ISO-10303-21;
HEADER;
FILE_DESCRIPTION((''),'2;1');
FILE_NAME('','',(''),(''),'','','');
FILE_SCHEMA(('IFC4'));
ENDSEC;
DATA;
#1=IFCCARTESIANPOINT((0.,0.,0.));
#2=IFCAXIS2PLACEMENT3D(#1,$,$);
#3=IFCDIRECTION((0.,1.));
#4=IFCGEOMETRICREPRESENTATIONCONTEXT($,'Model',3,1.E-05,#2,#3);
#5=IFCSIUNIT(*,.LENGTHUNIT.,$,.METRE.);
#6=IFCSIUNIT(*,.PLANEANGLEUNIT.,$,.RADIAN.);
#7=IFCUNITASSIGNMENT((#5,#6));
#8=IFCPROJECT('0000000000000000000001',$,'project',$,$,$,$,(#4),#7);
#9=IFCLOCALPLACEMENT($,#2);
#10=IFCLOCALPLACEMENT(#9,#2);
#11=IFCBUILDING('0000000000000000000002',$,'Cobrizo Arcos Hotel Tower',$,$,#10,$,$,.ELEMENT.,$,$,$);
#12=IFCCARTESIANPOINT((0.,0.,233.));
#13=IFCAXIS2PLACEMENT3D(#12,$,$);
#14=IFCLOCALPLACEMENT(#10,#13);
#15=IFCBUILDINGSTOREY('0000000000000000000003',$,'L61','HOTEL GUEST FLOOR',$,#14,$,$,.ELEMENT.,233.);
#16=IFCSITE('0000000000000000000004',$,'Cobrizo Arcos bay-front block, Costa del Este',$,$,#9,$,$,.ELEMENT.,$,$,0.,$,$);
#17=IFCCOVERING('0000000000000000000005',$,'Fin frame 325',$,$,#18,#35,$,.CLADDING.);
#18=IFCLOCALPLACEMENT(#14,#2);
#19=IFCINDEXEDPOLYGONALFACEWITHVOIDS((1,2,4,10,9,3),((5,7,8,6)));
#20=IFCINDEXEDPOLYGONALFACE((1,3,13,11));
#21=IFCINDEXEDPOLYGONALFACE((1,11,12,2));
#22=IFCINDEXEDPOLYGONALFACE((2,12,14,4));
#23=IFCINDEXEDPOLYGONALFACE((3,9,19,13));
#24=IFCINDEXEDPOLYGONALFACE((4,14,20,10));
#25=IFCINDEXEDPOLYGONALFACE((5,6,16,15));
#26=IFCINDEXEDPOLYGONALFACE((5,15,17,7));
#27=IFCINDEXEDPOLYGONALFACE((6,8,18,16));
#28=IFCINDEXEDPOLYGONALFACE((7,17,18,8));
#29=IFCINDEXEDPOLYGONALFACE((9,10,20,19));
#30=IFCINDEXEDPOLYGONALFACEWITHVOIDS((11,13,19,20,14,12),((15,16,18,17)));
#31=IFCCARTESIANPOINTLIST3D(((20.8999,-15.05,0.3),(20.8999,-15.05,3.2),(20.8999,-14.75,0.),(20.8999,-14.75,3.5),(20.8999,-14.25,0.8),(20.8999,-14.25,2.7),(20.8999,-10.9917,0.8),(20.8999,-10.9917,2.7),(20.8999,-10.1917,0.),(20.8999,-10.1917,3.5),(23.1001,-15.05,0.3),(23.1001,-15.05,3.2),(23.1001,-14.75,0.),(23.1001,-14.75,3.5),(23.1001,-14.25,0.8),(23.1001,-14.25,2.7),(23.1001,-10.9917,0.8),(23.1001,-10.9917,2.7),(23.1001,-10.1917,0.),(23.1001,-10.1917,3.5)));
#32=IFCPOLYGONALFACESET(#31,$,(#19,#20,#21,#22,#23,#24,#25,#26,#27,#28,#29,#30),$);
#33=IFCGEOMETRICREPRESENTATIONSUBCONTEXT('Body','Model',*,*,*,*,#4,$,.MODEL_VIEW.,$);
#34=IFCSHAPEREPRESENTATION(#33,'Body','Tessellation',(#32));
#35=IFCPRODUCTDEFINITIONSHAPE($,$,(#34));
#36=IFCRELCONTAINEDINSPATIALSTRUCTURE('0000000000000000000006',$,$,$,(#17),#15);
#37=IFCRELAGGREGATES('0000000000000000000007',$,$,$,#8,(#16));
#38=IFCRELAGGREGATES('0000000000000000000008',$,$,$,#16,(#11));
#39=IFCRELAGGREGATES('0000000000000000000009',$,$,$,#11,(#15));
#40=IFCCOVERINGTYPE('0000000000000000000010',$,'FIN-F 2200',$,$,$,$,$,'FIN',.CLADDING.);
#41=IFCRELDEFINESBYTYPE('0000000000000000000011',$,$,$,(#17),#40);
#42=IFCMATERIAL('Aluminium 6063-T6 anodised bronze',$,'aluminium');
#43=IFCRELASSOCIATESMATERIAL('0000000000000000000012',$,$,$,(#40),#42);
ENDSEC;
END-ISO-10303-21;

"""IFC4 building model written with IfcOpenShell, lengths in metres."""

from ifc_helpers import new_model, si_unit, direction, frame, origin, place, context, subcontext, project, spatial, polyline, outline, extrude, material, type_object, element, save


model = new_model("IFC4")

# Units and contexts
model_context = context("Model", 3, precision=1e-05, world=origin(), true_north=direction((0.0, 1.0)))
body_context = subcontext(model_context, "Body", "Model", "MODEL_VIEW")
ifc_project = project(units=[si_unit("LENGTHUNIT", "METRE"), si_unit("PLANEANGLEUNIT", "RADIAN")], contexts=[model_context])

# Site, building, storey
site_placement = place(None, origin())
site = spatial("IfcSite", under=ifc_project, at=site_placement, Name="Cobrizo Arcos bay-front block, Costa del Este", CompositionType="ELEMENT", RefElevation=0.0)
building_placement = place(site_placement, origin())
building = spatial("IfcBuilding", under=site, at=building_placement, Name="Cobrizo Arcos Hotel Tower", CompositionType="ELEMENT")
storey_placement = place(building_placement, frame((0.0, 0.0, 233.0)))
storey = spatial("IfcBuildingStorey", under=building, at=storey_placement, Name="L61", Description="HOTEL GUEST FLOOR", CompositionType="ELEMENT", Elevation=233.0)

# Shared definitions
ifc_material_1 = material(Name="Aluminium 6063-T6 anodised bronze", Category="aluminium")

# Covering
covering_type = type_object("IfcCoveringType", Name="FIN-F 2200", ElementType="FIN", PredefinedType="CLADDING", material=ifc_material_1)
covering_placement = place(storey_placement, frame((20.8999, -15.05, 0.0), z_axis=(1.0, 0.0, 0.0), x_axis=(0.0, 1.0, 0.0)))
element("IfcCovering", 1, at=covering_placement, inside=storey, type_object=covering_type, Name="Fin frame 325", PredefinedType="CLADDING", context=body_context, shape_type="SweptSolid", body=[
    extrude(outline(polyline([(0.0, 0.3), (0.3, 0.0), (4.8584, 0.0), (4.8584, 3.5), (0.3, 3.5), (0.0, 3.2), (0.0, 0.3)]), holes=[polyline([(4.0583, 0.8), (0.8, 0.8), (0.8, 2.7), (4.0583, 2.7), (4.0583, 0.8)])]), origin(), (0.0, 0.0, 1.0), 2.2002),
])

save(model, "model.ifc")
